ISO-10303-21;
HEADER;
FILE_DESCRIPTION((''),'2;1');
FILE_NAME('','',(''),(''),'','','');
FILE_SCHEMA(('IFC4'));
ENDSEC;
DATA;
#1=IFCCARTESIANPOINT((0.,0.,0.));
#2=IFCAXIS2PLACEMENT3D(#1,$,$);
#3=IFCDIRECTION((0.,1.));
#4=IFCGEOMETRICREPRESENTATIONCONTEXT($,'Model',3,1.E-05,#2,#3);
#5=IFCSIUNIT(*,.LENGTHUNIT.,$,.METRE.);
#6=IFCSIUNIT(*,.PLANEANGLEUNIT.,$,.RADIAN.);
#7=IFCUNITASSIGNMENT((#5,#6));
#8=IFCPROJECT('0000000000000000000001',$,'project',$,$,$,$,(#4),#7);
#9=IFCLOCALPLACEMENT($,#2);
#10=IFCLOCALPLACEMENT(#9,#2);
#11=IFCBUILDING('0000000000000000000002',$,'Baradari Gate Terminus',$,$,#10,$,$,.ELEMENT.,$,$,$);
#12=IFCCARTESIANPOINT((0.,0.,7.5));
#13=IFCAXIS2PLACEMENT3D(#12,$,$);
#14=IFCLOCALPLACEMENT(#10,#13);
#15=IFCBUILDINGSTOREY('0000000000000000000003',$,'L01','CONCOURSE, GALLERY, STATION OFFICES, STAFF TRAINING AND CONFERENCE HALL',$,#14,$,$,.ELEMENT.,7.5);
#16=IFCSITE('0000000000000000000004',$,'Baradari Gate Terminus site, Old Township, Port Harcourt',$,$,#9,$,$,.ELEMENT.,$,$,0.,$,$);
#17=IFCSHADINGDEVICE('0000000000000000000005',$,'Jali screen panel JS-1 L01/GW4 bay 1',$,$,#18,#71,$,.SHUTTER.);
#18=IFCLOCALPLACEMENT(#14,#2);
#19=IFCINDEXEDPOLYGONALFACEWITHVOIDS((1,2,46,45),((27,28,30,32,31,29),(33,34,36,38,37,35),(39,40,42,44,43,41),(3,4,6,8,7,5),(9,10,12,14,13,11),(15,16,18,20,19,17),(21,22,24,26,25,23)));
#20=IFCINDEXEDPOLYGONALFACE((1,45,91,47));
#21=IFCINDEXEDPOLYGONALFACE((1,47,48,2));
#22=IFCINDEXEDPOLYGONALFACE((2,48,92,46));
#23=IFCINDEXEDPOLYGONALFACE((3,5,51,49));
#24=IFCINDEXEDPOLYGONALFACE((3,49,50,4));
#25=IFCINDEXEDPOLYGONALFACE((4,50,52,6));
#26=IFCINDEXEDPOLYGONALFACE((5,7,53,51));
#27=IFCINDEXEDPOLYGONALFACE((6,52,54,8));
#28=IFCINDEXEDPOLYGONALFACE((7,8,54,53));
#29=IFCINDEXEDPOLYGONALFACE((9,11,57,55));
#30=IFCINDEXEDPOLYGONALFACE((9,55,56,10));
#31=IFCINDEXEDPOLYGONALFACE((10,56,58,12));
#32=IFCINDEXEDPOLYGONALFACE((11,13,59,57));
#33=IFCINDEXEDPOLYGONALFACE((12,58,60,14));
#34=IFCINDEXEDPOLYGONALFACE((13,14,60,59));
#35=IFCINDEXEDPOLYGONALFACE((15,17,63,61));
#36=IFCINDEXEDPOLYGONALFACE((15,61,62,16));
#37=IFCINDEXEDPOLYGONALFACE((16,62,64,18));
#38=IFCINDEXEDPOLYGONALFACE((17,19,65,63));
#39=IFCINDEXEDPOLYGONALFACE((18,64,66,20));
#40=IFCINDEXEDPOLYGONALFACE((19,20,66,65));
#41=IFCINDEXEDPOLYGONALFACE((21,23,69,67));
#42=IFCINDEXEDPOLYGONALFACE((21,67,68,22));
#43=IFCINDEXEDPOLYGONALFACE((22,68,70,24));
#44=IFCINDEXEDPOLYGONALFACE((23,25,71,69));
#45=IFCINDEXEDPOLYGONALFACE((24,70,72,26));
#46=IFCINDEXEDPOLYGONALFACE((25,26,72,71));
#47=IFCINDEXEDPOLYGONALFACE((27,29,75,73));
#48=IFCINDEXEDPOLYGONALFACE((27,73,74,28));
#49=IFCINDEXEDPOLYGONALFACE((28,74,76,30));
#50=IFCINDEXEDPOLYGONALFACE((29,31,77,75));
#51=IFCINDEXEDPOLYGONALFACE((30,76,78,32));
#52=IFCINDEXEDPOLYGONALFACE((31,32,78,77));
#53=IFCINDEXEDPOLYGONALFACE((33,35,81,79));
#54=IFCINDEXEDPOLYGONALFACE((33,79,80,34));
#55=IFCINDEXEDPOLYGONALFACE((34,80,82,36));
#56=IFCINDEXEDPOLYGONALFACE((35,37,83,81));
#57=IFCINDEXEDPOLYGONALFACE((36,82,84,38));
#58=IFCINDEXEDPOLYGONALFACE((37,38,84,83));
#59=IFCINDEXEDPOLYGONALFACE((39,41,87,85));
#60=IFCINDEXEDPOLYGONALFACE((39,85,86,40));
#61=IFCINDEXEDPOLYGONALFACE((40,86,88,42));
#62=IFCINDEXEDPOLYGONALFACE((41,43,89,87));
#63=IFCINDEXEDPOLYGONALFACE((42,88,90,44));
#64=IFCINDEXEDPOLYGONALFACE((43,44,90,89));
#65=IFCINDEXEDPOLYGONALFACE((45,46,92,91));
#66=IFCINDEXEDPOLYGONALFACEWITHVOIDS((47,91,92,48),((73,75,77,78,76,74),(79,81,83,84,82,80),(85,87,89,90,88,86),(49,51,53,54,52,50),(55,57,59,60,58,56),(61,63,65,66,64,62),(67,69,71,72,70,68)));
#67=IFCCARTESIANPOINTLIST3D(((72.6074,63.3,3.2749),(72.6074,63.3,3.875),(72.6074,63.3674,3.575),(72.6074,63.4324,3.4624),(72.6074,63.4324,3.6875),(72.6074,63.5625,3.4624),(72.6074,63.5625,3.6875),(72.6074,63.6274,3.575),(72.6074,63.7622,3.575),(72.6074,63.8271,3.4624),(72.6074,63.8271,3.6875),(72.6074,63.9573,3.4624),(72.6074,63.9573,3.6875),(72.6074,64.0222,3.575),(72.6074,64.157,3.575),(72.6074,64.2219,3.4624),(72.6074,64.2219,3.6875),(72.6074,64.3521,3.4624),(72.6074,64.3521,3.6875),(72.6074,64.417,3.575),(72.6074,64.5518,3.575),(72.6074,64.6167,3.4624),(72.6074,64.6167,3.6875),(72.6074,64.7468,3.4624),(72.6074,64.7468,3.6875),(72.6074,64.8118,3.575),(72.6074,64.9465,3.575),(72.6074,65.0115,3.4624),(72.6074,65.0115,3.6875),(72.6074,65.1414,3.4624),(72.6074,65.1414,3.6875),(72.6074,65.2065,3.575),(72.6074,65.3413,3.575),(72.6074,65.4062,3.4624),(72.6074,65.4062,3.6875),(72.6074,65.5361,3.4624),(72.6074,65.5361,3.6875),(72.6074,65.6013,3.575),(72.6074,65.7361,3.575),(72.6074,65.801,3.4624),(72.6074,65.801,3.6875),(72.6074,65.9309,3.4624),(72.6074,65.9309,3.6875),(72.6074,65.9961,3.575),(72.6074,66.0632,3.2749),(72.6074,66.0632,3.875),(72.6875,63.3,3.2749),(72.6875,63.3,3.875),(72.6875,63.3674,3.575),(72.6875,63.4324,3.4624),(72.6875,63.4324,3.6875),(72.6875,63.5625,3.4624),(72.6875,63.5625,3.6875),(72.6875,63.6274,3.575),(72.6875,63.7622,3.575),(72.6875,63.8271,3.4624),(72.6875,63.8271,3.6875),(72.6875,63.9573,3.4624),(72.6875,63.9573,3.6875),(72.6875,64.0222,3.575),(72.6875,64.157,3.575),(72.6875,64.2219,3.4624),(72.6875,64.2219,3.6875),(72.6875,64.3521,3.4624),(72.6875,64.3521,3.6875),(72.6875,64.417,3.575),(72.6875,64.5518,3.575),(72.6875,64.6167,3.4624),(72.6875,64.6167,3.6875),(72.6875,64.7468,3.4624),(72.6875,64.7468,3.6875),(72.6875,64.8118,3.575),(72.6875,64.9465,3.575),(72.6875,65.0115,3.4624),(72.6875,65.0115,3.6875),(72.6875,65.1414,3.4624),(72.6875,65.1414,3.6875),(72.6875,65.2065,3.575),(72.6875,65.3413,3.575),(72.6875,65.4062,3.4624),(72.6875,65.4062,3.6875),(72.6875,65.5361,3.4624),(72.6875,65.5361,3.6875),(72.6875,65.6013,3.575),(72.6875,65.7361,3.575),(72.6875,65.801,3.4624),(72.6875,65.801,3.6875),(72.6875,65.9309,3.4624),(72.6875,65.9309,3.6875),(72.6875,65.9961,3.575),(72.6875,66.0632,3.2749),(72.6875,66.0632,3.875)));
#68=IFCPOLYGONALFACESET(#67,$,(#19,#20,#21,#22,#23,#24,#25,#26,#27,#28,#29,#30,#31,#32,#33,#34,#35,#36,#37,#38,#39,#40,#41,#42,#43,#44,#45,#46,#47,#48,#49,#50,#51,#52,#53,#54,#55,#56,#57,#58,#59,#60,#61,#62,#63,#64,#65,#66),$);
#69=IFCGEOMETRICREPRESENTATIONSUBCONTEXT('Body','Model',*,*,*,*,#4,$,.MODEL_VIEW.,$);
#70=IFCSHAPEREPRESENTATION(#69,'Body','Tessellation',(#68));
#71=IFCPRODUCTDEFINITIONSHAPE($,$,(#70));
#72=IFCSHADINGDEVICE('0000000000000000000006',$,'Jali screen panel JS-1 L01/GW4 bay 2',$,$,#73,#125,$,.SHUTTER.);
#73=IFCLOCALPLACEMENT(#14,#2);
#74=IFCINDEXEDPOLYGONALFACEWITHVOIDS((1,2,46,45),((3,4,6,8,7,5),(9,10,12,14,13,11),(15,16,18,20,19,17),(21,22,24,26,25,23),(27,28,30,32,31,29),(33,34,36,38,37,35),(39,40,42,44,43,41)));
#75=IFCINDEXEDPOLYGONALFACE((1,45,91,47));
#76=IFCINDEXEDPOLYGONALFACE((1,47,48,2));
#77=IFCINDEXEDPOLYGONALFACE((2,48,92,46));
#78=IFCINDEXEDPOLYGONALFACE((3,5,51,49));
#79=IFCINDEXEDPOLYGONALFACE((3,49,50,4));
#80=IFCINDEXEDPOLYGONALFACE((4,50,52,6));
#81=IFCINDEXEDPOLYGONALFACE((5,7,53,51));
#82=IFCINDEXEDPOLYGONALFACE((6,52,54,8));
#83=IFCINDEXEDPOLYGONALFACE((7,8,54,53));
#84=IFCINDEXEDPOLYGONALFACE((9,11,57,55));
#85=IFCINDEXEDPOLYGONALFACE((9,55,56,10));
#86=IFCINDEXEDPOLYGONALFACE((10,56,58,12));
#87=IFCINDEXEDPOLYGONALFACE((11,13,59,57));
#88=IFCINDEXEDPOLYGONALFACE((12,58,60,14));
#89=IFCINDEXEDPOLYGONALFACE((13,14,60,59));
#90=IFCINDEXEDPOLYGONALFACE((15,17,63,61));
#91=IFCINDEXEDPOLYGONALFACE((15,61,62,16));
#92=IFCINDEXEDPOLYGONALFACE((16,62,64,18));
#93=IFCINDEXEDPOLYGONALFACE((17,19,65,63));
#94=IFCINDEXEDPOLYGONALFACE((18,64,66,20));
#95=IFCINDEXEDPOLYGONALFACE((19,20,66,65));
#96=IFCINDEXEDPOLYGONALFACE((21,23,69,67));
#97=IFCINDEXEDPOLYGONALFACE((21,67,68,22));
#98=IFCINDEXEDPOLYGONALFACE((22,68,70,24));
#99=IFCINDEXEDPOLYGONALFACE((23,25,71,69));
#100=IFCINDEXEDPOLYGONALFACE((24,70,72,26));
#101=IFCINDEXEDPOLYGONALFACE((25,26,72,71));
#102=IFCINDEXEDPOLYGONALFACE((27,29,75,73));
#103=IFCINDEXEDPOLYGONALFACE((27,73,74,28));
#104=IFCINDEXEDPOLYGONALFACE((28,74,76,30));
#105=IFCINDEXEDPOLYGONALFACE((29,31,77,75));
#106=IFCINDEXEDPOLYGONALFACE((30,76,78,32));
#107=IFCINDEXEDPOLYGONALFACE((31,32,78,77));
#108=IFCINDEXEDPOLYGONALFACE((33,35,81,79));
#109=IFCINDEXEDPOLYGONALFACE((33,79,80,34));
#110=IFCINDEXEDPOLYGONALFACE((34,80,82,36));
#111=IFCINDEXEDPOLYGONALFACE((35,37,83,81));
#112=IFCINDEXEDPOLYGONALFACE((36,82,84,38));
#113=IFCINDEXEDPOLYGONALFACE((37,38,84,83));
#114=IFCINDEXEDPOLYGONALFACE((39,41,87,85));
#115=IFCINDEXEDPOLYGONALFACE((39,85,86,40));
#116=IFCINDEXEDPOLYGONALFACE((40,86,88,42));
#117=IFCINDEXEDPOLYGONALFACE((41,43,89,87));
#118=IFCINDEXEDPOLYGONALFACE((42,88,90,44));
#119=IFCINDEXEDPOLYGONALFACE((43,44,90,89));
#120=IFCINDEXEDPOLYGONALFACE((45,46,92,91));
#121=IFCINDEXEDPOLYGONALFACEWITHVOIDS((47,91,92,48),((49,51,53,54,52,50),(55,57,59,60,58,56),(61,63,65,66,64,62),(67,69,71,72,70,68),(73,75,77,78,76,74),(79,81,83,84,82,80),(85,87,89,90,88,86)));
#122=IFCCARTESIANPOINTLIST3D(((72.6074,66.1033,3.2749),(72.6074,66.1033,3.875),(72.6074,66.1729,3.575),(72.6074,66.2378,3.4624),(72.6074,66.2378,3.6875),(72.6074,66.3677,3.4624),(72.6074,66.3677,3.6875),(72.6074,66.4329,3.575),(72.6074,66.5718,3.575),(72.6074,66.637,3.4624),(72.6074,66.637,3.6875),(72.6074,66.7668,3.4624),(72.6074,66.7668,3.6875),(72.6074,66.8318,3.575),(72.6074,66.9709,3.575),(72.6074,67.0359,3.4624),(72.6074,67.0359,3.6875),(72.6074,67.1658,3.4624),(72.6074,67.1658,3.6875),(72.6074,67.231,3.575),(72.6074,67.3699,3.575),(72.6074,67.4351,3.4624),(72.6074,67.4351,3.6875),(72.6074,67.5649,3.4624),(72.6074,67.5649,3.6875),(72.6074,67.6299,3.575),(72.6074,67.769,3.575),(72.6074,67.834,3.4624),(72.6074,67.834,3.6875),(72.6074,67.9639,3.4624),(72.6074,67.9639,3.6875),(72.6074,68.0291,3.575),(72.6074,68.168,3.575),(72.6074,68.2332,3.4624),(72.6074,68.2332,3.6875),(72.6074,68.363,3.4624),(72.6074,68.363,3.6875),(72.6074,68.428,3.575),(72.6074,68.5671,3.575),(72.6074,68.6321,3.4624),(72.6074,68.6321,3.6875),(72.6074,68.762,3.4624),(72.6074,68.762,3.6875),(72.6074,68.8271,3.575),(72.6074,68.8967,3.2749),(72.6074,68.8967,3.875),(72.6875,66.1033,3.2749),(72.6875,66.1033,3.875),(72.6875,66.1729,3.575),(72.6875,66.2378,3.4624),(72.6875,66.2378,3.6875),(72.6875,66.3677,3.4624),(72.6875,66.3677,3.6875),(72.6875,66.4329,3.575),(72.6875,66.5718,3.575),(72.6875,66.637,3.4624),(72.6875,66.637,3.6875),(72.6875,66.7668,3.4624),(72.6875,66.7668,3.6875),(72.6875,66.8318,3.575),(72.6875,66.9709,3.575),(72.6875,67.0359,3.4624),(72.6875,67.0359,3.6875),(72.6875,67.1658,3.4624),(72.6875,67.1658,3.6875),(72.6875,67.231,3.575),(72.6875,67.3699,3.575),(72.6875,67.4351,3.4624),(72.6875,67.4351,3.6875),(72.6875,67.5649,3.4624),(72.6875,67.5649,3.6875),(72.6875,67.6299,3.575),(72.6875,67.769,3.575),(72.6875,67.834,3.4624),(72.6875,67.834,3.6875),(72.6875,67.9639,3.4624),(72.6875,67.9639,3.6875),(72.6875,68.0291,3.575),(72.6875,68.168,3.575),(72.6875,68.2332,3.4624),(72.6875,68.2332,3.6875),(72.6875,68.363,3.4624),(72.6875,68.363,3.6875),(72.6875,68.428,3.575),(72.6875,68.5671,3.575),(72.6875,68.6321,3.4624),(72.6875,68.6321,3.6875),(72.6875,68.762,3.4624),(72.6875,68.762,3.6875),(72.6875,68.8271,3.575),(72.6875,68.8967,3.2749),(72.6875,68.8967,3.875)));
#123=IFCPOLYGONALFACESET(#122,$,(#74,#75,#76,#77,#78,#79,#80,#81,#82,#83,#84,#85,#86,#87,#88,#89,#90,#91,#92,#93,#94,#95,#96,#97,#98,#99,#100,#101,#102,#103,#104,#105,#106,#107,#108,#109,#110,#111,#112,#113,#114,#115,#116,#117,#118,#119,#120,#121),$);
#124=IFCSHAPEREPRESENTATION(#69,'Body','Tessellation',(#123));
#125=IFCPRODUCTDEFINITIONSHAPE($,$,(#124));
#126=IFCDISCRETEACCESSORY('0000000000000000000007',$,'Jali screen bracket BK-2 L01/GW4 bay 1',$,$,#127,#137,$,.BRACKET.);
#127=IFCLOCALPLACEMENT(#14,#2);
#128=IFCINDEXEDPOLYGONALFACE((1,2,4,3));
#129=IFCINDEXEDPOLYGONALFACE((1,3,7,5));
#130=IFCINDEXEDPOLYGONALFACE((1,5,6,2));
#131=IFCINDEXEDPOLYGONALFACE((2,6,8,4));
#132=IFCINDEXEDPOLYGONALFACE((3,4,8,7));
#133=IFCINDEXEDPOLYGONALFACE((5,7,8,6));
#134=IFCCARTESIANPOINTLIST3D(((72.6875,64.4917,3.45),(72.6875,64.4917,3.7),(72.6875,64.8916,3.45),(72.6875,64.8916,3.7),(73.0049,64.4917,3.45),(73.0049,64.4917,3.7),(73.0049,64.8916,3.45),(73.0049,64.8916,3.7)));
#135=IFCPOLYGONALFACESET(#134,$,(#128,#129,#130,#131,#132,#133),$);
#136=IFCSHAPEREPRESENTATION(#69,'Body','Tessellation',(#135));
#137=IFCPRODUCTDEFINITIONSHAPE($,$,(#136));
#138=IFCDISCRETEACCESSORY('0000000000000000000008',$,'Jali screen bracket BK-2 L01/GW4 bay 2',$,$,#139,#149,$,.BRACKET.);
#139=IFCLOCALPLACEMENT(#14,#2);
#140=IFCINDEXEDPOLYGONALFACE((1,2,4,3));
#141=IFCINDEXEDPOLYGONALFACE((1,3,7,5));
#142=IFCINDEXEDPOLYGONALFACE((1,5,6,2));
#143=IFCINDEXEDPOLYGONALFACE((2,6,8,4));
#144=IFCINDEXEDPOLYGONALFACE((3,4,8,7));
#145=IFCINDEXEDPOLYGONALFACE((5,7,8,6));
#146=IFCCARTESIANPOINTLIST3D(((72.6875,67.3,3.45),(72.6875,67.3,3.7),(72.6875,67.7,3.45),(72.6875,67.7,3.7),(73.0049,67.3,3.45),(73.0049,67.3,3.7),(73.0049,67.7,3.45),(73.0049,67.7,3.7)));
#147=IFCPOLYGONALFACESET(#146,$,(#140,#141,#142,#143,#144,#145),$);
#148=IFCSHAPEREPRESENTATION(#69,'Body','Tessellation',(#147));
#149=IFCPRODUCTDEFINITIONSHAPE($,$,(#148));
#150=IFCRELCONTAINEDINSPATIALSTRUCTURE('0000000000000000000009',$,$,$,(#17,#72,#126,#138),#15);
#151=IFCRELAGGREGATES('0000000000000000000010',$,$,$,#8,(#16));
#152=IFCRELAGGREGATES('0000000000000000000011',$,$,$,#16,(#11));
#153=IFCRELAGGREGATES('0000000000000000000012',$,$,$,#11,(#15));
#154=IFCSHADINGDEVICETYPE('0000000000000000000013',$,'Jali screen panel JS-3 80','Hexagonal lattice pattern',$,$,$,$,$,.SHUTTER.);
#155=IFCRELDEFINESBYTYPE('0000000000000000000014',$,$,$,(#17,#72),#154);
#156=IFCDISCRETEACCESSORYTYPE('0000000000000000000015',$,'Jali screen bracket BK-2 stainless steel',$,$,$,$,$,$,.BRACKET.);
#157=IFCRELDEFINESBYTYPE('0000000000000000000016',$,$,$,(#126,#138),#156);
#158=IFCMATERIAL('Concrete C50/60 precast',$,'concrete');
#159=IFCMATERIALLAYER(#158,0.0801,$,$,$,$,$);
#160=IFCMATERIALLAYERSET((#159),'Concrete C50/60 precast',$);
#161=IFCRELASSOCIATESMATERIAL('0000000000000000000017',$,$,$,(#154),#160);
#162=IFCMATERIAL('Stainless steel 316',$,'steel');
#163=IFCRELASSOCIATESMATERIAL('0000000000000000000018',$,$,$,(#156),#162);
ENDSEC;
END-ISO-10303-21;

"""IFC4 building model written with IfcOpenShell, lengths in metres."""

from ifc_helpers import new_model, si_unit, direction, frame, origin, origin_2d, place, context, subcontext, project, spatial, polyline, rectangle, outline, extrude, material, layer, layer_set, type_object, element, save


model = new_model("IFC4")

# Units and contexts
model_context = context("Model", 3, precision=1e-05, world=origin(), true_north=direction((0.0, 1.0)))
body_context = subcontext(model_context, "Body", "Model", "MODEL_VIEW")
ifc_project = project(units=[si_unit("LENGTHUNIT", "METRE"), si_unit("PLANEANGLEUNIT", "RADIAN")], contexts=[model_context])

# Site, building, storey
site_placement = place(None, origin())
site = spatial("IfcSite", under=ifc_project, at=site_placement, Name="Baradari Gate Terminus site, Old Township, Port Harcourt", CompositionType="ELEMENT", RefElevation=0.0)
building_placement = place(site_placement, origin())
building = spatial("IfcBuilding", under=site, at=building_placement, Name="Baradari Gate Terminus", CompositionType="ELEMENT")
storey_placement = place(building_placement, frame((0.0, 0.0, 7.5)))
storey = spatial("IfcBuildingStorey", under=building, at=storey_placement, Name="L01", Description="CONCOURSE, GALLERY, STATION OFFICES, STAFF TRAINING AND CONFERENCE HALL", CompositionType="ELEMENT", Elevation=7.5)

# Shading devices
ifc_material_1 = material(Name="Concrete C50/60 precast", Category="concrete")
ifc_layer_1 = layer(ifc_material_1, 0.0801)
ifc_layer_set_1 = layer_set([ifc_layer_1], Name="Concrete C50/60 precast")
shading_device_type = type_object("IfcShadingDeviceType", Name="Jali screen panel JS-3 80", Description="Hexagonal lattice pattern", PredefinedType="SHUTTER", material=ifc_layer_set_1)
shading_device_1_placement = place(storey_placement, frame((72.6475, 63.3, 3.2749), z_axis=(0.0, 0.0, 1.0), x_axis=(0.0, 1.0, 0.0)))
element("IfcShadingDevice", 1, at=shading_device_1_placement, inside=storey, type_object=shading_device_type, Name="Jali screen panel JS-1 L01/GW4 bay 1", PredefinedType="SHUTTER", context=body_context, shape_type="SweptSolid", body=[
    extrude(outline(polyline([(0.0, 0.0), (2.7632, 0.0), (2.7632, 0.6001), (0.0, 0.6001), (0.0, 0.0)]), holes=[polyline([(0.3274, 0.3), (0.2625, 0.1875), (0.1323, 0.1875), (0.0674, 0.3), (0.1323, 0.4126), (0.2625, 0.4126), (0.3274, 0.3)]), polyline([(0.7222, 0.3), (0.6572, 0.1875), (0.5271, 0.1875), (0.4622, 0.3), (0.5271, 0.4126), (0.6572, 0.4126), (0.7222, 0.3)]), polyline([(1.1169, 0.3), (1.052, 0.1875), (0.9219, 0.1875), (0.8569, 0.3), (0.9219, 0.4126), (1.052, 0.4126), (1.1169, 0.3)]), polyline([(1.5117, 0.3), (1.4468, 0.1875), (1.3167, 0.1875), (1.2517, 0.3), (1.3167, 0.4126), (1.4468, 0.4126), (1.5117, 0.3)]), polyline([(1.9065, 0.3), (1.8413, 0.1875), (1.7114, 0.1875), (1.6465, 0.3), (1.7114, 0.4126), (1.8413, 0.4126), (1.9065, 0.3)]), polyline([(2.3013, 0.3), (2.2361, 0.1875), (2.1062, 0.1875), (2.0413, 0.3), (2.1062, 0.4126), (2.2361, 0.4126), (2.3013, 0.3)]), polyline([(2.696, 0.3), (2.6309, 0.1875), (2.501, 0.1875), (2.436, 0.3), (2.501, 0.4126), (2.6309, 0.4126), (2.696, 0.3)])]), frame((0.0, 0.04, 0.0), z_axis=(0.0, -1.0, 0.0), x_axis=(1.0, 0.0, 0.0)), (0.0, 0.0, 1.0), 0.0801),
])
shading_device_2_placement = place(storey_placement, frame((72.6475, 66.1033, 3.2749), z_axis=(0.0, 0.0, 1.0), x_axis=(0.0, 1.0, 0.0)))
element("IfcShadingDevice", 2, at=shading_device_2_placement, inside=storey, type_object=shading_device_type, Name="Jali screen panel JS-1 L01/GW4 bay 2", PredefinedType="SHUTTER", context=body_context, shape_type="SweptSolid", body=[
    extrude(outline(polyline([(0.0, 0.0), (2.7935, 0.0), (2.7935, 0.6001), (0.0, 0.6001), (0.0, 0.0)]), holes=[polyline([(0.3296, 0.3), (0.2644, 0.1875), (0.1345, 0.1875), (0.0696, 0.3), (0.1345, 0.4126), (0.2644, 0.4126), (0.3296, 0.3)]), polyline([(0.7285, 0.3), (0.6636, 0.1875), (0.5337, 0.1875), (0.4685, 0.3), (0.5337, 0.4126), (0.6636, 0.4126), (0.7285, 0.3)]), polyline([(1.1277, 0.3), (1.0625, 0.1875), (0.9326, 0.1875), (0.8677, 0.3), (0.9326, 0.4126), (1.0625, 0.4126), (1.1277, 0.3)]), polyline([(1.5266, 0.3), (1.4617, 0.1875), (1.3318, 0.1875), (1.2666, 0.3), (1.3318, 0.4126), (1.4617, 0.4126), (1.5266, 0.3)]), polyline([(1.9258, 0.3), (1.8606, 0.1875), (1.7307, 0.1875), (1.6658, 0.3), (1.7307, 0.4126), (1.8606, 0.4126), (1.9258, 0.3)]), polyline([(2.3247, 0.3), (2.2598, 0.1875), (2.1299, 0.1875), (2.0647, 0.3), (2.1299, 0.4126), (2.2598, 0.4126), (2.3247, 0.3)]), polyline([(2.7239, 0.3), (2.6587, 0.1875), (2.5288, 0.1875), (2.4639, 0.3), (2.5288, 0.4126), (2.6587, 0.4126), (2.7239, 0.3)])]), frame((0.0, 0.04, 0.0), z_axis=(0.0, -1.0, 0.0), x_axis=(1.0, 0.0, 0.0)), (0.0, 0.0, 1.0), 0.0801),
])

# Discrete accessories
ifc_material_2 = material(Name="Stainless steel 316", Category="steel")
discrete_accessory_type = type_object("IfcDiscreteAccessoryType", Name="Jali screen bracket BK-2 stainless steel", PredefinedType="BRACKET", material=ifc_material_2)
for number, where, z_axis, x_axis, name in (
    (3, (72.8462, 64.6917, 3.45), (0.0, 0.0, 1.0), (-1.0, 0.0, 0.0), "Jali screen bracket BK-2 L01/GW4 bay 1"),
    (4, (72.8462, 67.5, 3.45), (0.0, 0.0, 1.0), (-1.0, 0.0, 0.0), "Jali screen bracket BK-2 L01/GW4 bay 2"),
):
    element("IfcDiscreteAccessory", number, at=place(storey_placement, frame(where, z_axis=z_axis, x_axis=x_axis)), inside=storey, type_object=discrete_accessory_type, Name=name, PredefinedType="BRACKET", context=body_context, shape_type="SweptSolid", body=[
        extrude(rectangle(XDim=0.3174, YDim=0.3999, at=origin_2d()), origin(), (0.0, 0.0, 1.0), 0.25),
    ])

save(model, "model.ifc")
